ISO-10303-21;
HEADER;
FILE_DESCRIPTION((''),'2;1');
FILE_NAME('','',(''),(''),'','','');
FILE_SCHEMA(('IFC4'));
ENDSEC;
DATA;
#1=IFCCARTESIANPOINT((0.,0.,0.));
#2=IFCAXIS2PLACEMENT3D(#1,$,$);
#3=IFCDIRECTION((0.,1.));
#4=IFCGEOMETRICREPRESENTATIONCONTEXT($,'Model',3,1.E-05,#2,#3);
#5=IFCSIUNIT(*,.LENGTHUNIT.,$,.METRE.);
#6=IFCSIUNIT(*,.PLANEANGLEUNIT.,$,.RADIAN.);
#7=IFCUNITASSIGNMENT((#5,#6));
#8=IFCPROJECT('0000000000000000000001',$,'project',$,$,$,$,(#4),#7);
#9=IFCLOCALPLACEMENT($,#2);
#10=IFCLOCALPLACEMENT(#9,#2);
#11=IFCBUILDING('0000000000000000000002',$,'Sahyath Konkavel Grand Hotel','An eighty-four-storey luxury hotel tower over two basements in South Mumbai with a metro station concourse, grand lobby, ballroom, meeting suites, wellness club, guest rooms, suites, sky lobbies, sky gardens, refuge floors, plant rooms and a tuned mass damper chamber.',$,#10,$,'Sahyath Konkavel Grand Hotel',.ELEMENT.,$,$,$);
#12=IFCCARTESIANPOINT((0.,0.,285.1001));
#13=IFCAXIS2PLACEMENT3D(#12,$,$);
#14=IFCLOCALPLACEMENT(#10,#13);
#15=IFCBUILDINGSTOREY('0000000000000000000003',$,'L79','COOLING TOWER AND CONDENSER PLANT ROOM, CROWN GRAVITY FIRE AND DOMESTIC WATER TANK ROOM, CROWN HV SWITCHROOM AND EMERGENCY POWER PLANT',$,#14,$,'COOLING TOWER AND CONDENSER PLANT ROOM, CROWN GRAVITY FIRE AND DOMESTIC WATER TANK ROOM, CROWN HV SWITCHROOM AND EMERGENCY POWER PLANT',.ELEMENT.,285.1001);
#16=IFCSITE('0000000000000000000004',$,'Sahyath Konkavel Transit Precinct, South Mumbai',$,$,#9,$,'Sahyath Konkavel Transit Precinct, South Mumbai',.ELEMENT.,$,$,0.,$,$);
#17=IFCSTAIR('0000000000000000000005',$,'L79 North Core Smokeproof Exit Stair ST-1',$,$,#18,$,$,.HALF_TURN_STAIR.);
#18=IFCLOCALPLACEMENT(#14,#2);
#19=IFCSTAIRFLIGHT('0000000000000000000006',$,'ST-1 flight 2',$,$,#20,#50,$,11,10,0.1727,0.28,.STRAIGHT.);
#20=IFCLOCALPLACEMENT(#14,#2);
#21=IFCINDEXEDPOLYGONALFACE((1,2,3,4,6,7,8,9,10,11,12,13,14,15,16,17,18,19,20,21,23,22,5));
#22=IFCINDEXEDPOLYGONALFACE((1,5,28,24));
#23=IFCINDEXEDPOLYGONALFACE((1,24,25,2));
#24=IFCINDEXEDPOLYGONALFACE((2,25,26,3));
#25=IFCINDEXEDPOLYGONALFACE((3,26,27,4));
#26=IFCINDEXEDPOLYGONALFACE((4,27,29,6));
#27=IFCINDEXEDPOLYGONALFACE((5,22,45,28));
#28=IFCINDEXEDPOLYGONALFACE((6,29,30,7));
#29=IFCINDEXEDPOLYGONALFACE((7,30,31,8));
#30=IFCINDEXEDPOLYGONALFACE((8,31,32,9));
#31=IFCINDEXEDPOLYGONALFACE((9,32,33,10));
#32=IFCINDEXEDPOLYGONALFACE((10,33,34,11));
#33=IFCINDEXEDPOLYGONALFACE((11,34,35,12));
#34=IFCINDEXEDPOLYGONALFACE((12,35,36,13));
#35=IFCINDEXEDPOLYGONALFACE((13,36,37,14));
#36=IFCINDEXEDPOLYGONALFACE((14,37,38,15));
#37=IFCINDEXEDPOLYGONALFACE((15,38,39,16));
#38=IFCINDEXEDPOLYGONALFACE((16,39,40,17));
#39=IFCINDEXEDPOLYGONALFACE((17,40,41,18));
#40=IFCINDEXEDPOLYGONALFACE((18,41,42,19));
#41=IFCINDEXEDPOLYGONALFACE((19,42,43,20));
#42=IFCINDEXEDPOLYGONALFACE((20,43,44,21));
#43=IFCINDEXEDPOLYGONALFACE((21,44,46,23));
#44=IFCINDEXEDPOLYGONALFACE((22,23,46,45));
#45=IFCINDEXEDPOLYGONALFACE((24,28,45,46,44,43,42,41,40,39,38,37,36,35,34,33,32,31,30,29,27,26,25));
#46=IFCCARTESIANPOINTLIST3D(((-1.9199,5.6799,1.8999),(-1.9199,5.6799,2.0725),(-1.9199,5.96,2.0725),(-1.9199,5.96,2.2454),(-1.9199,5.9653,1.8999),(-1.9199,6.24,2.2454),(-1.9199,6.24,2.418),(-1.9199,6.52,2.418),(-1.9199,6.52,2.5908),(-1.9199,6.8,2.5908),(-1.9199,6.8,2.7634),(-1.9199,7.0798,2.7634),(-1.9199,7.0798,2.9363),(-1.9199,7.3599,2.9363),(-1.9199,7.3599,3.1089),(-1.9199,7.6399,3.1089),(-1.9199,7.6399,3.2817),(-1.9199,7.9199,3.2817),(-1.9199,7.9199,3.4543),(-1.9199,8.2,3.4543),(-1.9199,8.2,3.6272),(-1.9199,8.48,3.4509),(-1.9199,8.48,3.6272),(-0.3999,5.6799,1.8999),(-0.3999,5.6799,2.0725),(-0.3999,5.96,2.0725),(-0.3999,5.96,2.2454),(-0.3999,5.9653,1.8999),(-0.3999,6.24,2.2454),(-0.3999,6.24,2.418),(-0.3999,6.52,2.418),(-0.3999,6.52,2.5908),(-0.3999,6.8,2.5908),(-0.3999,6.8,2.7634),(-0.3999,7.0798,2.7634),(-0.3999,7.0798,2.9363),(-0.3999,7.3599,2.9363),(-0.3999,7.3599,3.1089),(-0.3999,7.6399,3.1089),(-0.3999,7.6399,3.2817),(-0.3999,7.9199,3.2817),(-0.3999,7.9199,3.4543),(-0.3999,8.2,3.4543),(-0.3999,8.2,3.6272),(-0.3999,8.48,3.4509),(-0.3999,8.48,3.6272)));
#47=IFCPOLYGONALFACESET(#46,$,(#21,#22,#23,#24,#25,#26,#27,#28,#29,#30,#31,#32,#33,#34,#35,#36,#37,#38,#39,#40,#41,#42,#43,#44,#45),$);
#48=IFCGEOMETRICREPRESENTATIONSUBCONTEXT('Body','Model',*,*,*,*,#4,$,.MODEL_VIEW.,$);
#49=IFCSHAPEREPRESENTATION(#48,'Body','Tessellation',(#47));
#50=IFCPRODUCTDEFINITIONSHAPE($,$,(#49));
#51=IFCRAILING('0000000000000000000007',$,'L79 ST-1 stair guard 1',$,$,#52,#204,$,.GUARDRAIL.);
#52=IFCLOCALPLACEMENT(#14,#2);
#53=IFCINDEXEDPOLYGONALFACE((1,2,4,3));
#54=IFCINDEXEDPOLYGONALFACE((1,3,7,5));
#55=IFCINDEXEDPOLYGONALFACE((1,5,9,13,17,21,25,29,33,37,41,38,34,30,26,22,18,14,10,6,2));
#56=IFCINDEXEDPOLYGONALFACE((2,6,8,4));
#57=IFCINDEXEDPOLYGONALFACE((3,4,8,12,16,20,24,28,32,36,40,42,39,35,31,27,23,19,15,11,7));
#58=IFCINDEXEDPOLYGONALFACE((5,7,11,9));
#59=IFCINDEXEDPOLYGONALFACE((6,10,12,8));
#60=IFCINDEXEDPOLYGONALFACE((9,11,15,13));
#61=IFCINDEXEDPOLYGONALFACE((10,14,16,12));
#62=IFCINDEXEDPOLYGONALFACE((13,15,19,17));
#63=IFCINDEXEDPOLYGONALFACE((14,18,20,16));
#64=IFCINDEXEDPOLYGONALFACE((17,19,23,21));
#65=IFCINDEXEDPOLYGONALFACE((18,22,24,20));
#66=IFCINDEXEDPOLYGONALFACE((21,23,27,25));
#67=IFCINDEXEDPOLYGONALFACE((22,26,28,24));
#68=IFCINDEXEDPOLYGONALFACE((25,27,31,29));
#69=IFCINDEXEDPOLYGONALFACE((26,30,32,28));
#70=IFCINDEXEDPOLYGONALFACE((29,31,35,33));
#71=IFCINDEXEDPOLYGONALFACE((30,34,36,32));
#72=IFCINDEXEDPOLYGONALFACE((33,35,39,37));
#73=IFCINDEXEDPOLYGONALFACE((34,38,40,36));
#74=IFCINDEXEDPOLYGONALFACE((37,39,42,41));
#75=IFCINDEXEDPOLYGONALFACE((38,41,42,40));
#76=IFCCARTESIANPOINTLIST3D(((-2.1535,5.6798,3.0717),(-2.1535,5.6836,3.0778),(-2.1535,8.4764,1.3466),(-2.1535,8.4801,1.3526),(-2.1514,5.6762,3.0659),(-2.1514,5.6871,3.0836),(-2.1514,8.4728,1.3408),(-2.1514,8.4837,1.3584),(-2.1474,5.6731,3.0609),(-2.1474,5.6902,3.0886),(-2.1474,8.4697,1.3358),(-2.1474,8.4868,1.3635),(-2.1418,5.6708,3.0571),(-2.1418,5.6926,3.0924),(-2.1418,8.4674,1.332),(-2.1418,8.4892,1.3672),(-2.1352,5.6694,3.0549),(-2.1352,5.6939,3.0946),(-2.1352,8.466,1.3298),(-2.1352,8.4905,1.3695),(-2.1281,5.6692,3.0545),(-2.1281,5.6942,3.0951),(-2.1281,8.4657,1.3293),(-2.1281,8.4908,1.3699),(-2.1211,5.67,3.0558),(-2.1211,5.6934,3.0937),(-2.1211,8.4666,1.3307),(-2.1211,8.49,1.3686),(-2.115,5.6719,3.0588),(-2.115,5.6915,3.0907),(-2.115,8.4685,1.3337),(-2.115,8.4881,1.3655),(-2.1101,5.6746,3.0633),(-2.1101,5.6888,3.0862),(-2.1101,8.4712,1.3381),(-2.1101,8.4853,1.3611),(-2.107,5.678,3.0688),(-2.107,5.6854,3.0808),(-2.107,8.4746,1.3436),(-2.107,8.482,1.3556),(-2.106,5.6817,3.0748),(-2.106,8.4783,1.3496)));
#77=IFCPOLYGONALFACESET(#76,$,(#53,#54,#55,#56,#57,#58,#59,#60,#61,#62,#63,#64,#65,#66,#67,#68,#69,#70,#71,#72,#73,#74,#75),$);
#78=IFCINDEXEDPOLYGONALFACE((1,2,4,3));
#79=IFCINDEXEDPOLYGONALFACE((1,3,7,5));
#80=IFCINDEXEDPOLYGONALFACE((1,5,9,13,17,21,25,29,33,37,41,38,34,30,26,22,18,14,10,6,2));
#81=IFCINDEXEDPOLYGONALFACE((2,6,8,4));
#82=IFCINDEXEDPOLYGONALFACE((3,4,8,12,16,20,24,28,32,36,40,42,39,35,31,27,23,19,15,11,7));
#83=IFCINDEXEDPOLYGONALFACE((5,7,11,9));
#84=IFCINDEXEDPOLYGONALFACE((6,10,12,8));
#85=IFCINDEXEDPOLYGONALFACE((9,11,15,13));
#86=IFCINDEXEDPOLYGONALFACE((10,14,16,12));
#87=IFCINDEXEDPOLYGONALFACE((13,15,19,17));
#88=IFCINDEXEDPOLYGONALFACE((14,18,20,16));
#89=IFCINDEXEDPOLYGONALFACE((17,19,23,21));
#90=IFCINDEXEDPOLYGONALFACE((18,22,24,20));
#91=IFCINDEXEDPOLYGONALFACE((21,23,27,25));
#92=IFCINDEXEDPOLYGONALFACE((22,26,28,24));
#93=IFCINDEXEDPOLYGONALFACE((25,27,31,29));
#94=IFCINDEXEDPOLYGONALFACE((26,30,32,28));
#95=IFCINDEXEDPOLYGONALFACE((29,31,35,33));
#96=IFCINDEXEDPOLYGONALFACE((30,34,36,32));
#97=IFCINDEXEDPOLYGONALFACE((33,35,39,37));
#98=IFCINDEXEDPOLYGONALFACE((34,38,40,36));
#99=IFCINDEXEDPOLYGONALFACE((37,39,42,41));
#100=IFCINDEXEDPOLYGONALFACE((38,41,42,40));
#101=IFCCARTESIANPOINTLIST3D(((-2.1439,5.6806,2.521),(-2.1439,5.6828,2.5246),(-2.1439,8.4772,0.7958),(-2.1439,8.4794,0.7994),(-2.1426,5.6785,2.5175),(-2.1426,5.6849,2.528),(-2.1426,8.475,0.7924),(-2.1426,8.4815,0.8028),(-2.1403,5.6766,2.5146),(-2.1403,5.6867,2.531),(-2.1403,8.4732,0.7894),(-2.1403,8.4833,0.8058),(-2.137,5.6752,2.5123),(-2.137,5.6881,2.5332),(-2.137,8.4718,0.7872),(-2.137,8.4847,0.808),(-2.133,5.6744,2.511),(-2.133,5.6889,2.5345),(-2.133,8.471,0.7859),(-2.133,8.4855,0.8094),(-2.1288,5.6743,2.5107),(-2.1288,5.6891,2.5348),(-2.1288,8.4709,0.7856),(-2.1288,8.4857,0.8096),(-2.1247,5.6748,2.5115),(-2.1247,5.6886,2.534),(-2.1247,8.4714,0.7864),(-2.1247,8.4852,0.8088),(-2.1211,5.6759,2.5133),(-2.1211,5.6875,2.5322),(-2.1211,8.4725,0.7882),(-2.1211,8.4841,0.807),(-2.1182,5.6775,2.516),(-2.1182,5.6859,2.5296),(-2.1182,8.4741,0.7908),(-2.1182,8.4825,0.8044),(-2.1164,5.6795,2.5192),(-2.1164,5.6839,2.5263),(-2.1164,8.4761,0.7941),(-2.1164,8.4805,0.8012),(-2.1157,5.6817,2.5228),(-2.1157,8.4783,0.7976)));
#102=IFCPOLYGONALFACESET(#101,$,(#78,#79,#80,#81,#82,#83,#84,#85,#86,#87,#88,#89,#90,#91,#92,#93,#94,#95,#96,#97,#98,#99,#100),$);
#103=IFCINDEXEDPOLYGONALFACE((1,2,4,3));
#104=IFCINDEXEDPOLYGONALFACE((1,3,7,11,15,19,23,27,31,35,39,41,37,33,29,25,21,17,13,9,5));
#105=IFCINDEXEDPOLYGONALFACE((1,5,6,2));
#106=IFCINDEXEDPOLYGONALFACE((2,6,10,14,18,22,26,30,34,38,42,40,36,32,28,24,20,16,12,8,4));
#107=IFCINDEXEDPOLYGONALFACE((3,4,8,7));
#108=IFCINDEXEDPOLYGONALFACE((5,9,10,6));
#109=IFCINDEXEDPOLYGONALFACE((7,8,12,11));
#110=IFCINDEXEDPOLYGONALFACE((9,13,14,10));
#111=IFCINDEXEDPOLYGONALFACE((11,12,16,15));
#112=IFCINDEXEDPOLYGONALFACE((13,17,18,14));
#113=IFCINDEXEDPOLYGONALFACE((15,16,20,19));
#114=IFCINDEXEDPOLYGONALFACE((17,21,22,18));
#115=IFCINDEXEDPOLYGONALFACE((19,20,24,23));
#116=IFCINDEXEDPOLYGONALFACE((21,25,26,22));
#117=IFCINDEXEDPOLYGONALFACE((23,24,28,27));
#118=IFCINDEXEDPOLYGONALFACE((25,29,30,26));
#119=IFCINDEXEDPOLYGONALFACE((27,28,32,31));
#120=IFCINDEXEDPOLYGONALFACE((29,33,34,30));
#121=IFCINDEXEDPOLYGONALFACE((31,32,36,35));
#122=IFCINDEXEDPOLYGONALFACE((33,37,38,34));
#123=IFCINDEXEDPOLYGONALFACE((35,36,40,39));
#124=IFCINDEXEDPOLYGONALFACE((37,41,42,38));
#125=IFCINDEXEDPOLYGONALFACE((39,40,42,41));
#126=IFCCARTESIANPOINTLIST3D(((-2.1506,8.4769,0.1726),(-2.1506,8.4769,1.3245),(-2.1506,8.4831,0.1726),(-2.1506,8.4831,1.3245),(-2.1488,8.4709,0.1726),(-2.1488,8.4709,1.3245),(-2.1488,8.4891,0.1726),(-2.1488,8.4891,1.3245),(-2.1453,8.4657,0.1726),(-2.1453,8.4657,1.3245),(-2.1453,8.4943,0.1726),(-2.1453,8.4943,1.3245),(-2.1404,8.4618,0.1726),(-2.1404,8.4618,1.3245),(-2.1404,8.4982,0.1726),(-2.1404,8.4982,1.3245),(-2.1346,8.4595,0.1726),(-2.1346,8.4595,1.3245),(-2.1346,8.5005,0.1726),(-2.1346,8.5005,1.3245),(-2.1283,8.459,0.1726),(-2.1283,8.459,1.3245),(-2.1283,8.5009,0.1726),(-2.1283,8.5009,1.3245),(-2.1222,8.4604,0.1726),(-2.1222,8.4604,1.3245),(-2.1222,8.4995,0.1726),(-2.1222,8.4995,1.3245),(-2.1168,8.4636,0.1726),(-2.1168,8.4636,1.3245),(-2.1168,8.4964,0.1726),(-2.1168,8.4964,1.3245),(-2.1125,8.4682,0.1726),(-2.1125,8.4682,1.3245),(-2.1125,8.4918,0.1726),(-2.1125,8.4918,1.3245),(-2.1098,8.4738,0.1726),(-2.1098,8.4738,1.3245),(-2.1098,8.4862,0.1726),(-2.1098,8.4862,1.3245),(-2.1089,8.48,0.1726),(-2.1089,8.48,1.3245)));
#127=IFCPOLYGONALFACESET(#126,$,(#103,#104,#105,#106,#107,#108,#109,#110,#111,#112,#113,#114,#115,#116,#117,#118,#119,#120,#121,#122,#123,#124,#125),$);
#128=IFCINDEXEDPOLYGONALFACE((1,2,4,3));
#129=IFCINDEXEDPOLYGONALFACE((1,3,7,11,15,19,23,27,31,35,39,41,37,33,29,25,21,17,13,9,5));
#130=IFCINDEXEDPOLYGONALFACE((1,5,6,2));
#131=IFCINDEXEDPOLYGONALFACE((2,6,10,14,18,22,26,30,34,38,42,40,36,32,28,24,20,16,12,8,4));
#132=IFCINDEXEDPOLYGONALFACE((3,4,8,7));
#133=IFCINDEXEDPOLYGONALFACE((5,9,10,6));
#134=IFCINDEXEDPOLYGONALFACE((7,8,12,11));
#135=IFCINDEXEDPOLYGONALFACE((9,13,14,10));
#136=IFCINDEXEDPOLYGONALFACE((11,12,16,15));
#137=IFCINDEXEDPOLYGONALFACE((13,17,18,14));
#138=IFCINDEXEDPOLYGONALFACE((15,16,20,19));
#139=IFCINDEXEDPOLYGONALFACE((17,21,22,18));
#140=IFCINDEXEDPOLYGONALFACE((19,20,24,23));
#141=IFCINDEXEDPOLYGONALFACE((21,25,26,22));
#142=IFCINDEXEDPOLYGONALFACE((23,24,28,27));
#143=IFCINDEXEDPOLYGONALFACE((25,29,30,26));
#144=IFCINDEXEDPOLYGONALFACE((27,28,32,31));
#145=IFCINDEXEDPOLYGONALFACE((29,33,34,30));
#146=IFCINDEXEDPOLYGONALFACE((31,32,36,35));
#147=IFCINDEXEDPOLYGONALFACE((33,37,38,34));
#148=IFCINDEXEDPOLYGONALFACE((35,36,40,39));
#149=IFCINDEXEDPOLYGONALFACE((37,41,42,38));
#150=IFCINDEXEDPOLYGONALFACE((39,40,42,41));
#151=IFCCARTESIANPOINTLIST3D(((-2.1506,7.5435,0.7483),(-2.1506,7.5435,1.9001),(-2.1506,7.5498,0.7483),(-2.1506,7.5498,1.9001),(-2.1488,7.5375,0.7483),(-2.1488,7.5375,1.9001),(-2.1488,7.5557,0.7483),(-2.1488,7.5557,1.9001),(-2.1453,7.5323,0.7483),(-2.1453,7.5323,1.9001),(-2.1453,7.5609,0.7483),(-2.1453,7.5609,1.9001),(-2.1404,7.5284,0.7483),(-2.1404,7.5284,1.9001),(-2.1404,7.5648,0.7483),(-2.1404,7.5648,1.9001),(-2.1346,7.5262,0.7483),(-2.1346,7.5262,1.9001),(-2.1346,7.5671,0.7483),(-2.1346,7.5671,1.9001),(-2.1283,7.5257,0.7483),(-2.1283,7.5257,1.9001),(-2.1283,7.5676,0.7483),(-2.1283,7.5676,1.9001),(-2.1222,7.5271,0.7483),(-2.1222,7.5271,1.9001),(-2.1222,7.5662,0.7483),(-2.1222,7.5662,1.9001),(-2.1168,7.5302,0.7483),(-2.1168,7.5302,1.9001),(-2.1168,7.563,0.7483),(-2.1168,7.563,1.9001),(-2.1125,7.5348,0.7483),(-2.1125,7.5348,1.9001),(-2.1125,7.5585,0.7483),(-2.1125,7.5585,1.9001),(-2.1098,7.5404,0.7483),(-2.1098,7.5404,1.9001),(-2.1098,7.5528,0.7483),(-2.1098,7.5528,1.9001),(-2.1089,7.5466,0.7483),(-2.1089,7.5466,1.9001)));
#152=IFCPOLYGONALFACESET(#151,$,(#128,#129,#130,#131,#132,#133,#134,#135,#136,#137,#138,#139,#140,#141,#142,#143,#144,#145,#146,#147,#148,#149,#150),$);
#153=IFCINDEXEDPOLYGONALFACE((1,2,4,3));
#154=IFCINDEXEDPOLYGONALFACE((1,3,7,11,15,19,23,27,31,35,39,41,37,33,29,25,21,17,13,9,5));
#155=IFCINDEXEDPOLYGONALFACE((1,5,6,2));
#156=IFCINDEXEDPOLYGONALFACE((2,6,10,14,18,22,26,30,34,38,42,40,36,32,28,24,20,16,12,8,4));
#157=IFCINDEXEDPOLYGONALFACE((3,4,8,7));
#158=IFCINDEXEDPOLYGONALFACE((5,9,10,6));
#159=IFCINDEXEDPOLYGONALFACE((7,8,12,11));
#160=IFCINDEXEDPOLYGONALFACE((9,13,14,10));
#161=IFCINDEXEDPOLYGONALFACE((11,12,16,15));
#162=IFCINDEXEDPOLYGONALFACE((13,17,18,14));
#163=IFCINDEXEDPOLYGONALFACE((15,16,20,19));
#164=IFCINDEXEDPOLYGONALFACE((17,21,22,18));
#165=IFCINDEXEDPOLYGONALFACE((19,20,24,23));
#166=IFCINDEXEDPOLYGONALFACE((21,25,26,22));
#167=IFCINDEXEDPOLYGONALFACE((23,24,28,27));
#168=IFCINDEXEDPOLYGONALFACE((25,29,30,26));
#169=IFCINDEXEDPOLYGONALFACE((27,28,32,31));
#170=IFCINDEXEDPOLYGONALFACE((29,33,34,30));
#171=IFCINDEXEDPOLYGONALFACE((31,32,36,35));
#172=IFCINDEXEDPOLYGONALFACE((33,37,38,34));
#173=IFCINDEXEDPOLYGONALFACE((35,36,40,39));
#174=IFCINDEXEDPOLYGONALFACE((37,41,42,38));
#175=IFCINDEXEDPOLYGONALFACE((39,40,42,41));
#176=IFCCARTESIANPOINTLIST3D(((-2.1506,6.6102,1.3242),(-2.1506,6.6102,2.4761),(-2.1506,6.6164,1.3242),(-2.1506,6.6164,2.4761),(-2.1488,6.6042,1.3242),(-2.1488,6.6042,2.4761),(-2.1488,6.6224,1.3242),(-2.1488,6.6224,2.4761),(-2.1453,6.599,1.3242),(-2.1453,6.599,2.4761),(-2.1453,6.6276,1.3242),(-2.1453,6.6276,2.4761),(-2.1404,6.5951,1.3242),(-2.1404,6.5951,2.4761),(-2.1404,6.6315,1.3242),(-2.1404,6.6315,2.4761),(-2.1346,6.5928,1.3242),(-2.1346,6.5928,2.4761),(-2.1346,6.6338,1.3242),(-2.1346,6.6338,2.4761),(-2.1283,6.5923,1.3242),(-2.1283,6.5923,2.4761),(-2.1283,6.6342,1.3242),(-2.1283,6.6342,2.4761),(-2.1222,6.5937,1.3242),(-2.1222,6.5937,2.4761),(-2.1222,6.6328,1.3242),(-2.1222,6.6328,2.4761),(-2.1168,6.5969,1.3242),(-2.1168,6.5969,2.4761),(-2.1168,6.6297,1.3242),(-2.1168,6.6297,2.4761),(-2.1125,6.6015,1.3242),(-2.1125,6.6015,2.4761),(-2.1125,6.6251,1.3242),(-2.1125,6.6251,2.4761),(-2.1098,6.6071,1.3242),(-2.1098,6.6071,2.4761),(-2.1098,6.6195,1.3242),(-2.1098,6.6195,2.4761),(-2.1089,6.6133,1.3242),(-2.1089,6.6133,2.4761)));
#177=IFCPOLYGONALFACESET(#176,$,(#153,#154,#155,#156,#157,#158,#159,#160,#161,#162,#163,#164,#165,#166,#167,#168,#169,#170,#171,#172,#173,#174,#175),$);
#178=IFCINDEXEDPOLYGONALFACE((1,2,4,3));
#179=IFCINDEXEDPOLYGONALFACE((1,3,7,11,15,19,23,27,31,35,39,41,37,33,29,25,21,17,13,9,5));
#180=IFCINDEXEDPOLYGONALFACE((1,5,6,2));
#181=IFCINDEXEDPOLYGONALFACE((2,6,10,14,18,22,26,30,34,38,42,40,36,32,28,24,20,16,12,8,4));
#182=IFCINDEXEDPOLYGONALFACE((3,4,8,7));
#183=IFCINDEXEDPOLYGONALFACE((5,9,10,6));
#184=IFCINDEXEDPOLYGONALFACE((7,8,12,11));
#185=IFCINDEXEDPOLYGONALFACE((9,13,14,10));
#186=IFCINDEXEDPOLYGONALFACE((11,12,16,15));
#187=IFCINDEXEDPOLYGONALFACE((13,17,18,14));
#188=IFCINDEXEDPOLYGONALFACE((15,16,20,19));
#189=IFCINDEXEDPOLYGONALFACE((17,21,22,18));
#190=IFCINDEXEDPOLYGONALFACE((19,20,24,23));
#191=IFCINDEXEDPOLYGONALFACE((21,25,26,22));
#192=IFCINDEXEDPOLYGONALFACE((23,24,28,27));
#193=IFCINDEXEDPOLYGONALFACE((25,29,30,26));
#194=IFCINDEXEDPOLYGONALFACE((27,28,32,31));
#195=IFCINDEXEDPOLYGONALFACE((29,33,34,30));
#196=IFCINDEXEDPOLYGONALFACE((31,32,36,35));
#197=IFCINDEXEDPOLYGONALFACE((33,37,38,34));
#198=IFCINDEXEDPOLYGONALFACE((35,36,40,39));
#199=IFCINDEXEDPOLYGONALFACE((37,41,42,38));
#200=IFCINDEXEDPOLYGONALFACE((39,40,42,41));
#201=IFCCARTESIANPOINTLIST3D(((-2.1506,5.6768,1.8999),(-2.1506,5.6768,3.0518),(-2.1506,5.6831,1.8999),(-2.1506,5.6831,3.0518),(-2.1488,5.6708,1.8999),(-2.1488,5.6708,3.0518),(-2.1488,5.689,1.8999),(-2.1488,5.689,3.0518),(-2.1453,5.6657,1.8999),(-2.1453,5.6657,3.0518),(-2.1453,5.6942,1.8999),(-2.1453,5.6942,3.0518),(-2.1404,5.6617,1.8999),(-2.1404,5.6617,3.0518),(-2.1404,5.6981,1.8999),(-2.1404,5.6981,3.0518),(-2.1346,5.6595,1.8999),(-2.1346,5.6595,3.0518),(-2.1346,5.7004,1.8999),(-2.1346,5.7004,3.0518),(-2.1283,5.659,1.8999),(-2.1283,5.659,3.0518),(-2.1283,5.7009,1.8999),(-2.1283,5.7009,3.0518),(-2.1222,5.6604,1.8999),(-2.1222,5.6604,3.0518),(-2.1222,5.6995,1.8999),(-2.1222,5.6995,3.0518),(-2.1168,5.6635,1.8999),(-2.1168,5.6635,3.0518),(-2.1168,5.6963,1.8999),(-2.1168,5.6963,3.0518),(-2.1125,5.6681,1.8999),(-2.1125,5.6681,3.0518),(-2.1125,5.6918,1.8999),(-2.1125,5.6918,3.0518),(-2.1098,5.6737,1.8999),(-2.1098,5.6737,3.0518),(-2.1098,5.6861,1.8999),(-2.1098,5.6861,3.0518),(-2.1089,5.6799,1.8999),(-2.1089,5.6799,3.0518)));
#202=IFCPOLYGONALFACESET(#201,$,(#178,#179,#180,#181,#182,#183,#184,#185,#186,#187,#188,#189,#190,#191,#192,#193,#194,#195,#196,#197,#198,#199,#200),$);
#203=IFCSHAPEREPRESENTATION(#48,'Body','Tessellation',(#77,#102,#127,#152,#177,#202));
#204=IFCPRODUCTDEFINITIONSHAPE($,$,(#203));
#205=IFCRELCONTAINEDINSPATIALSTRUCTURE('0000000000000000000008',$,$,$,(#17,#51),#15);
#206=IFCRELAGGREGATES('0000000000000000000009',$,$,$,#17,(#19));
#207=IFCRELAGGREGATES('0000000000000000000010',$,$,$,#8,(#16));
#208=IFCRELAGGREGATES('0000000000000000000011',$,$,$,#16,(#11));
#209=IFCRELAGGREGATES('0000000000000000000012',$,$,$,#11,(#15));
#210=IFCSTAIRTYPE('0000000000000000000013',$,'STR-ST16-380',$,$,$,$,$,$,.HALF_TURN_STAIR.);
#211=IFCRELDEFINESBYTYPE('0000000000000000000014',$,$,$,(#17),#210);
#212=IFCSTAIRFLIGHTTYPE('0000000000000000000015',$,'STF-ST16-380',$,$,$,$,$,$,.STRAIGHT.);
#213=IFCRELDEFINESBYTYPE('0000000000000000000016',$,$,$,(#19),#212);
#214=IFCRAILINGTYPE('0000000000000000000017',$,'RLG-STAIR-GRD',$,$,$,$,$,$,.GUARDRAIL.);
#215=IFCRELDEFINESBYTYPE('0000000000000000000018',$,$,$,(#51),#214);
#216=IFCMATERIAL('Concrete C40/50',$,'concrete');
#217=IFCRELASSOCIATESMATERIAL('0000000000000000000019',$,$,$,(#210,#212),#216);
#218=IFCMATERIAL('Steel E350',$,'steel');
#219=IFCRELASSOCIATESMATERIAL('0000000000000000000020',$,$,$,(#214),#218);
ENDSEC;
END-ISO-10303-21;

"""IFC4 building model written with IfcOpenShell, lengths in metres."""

from ifc_helpers import new_model, si_unit, direction, frame, origin, origin_2d, place, context, subcontext, project, spatial, polyline, circle, outline, extrude, material, type_object, element, aggregate, save


model = new_model("IFC4")

# Units and contexts
model_context = context("Model", 3, precision=1e-05, world=origin(), true_north=direction((0.0, 1.0)))
body_context = subcontext(model_context, "Body", "Model", "MODEL_VIEW")
ifc_project = project(units=[si_unit("LENGTHUNIT", "METRE"), si_unit("PLANEANGLEUNIT", "RADIAN")], contexts=[model_context])

# Site, building, storey
site_placement = place(None, origin())
site = spatial("IfcSite", under=ifc_project, at=site_placement, Name="Sahyath Konkavel Transit Precinct, South Mumbai", LongName="Sahyath Konkavel Transit Precinct, South Mumbai", CompositionType="ELEMENT", RefElevation=0.0)
building_placement = place(site_placement, origin())
building = spatial("IfcBuilding", under=site, at=building_placement, Name="Sahyath Konkavel Grand Hotel", Description="An eighty-four-storey luxury hotel tower over two basements in South Mumbai with a metro station concourse, grand lobby, ballroom, meeting suites, wellness club, guest rooms, suites, sky lobbies, sky gardens, refuge floors, plant rooms and a tuned mass damper chamber.", LongName="Sahyath Konkavel Grand Hotel", CompositionType="ELEMENT")
storey_placement = place(building_placement, frame((0.0, 0.0, 285.1001)))
storey = spatial("IfcBuildingStorey", under=building, at=storey_placement, Name="L79", Description="COOLING TOWER AND CONDENSER PLANT ROOM, CROWN GRAVITY FIRE AND DOMESTIC WATER TANK ROOM, CROWN HV SWITCHROOM AND EMERGENCY POWER PLANT", LongName="COOLING TOWER AND CONDENSER PLANT ROOM, CROWN GRAVITY FIRE AND DOMESTIC WATER TANK ROOM, CROWN HV SWITCHROOM AND EMERGENCY POWER PLANT", CompositionType="ELEMENT", Elevation=285.1001)

# Shared definitions
ifc_material_1 = material(Name="Concrete C40/50", Category="concrete")

# Shared definitions
ifc_material_2 = material(Name="Steel E350", Category="steel")

# Stair, stair flight
stair_type = type_object("IfcStairType", Name="STR-ST16-380", PredefinedType="HALF_TURN_STAIR", material=ifc_material_1)
stair_placement = place(storey_placement, origin())
stair = element("IfcStair", 1, at=stair_placement, inside=storey, type_object=stair_type, Name="L79 North Core Smokeproof Exit Stair ST-1", PredefinedType="HALF_TURN_STAIR")
stair_flight_type = type_object("IfcStairFlightType", Name="STF-ST16-380", PredefinedType="STRAIGHT", material=ifc_material_1)
stair_flight_1_placement = place(storey_placement, frame((-1.1599, 5.6799, 1.8999), z_axis=(0.0, 0.0, 1.0), x_axis=(0.0, 1.0, 0.0)))
stair_flight_1 = element("IfcStairFlight", 2, at=stair_flight_1_placement, type_object=stair_flight_type, Name="ST-1 flight 2", NumberOfRisers=11, NumberOfTreads=10, PredefinedType="STRAIGHT", RiserHeight=0.1727, TreadLength=0.28, context=body_context, shape_type="SweptSolid", body=[
    extrude(outline(polyline([(0.0, 0.0), (0.0, 0.1726), (0.28, 0.1726), (0.28, 0.3455), (0.5601, 0.3455), (0.5601, 0.5181), (0.8401, 0.5181), (0.8401, 0.6909), (1.1201, 0.6909), (1.1201, 0.8635), (1.3999, 0.8635), (1.3999, 1.0364), (1.6799, 1.0364), (1.6799, 1.209), (1.96, 1.209), (1.96, 1.3818), (2.24, 1.3818), (2.24, 1.5544), (2.52, 1.5544), (2.52, 1.7273), (2.8, 1.7273), (2.8, 1.8999), (2.8, 1.551), (0.2854, 0.0), (0.0, 0.0)])), frame((0.0, 0.76, 0.0), z_axis=(0.0, -1.0, 0.0), x_axis=(1.0, 0.0, 0.0)), (0.0, 0.0, 1.0), 1.52),
])
aggregate(stair, [stair_flight_1])

# Railing
railing_type_1 = type_object("IfcRailingType", Name="RLG-STAIR-GRD", PredefinedType="GUARDRAIL", material=ifc_material_2)
railing_1_placement = place(storey_placement, frame((-2.1299, 8.48, 0.1726)))
element("IfcRailing", 3, at=railing_1_placement, inside=storey, type_object=railing_type_1, Name="L79 ST-1 stair guard 1", PredefinedType="GUARDRAIL", context=body_context, shape_type="SweptSolid", body=[
    extrude(circle(Radius=0.0239, at=origin_2d()), frame((0.0, -0.0017, 1.177), z_axis=(0.0, -0.85109, 0.52502), x_axis=(1.0, 0.0, 0.0)), (0.0, 0.0, 1.0), 3.2859),
    extrude(circle(Radius=0.0142, at=origin_2d()), frame((0.0, -0.0017, 0.625), z_axis=(0.0, -0.85109, 0.52502), x_axis=(1.0, 0.0, 0.0)), (0.0, 0.0, 1.0), 3.2859),
    extrude(circle(Radius=0.021, at=origin_2d()), origin(), (0.0, 0.0, 1.0), 1.1519),
    extrude(circle(Radius=0.021, at=origin_2d()), frame((0.0, -0.9333, 0.5757)), (0.0, 0.0, 1.0), 1.1519),
    extrude(circle(Radius=0.021, at=origin_2d()), frame((0.0, -1.8667, 1.1516)), (0.0, 0.0, 1.0), 1.1519),
    extrude(circle(Radius=0.021, at=origin_2d()), frame((0.0, -2.8, 1.7273)), (0.0, 0.0, 1.0), 1.1519),
])

save(model, "model.ifc")
